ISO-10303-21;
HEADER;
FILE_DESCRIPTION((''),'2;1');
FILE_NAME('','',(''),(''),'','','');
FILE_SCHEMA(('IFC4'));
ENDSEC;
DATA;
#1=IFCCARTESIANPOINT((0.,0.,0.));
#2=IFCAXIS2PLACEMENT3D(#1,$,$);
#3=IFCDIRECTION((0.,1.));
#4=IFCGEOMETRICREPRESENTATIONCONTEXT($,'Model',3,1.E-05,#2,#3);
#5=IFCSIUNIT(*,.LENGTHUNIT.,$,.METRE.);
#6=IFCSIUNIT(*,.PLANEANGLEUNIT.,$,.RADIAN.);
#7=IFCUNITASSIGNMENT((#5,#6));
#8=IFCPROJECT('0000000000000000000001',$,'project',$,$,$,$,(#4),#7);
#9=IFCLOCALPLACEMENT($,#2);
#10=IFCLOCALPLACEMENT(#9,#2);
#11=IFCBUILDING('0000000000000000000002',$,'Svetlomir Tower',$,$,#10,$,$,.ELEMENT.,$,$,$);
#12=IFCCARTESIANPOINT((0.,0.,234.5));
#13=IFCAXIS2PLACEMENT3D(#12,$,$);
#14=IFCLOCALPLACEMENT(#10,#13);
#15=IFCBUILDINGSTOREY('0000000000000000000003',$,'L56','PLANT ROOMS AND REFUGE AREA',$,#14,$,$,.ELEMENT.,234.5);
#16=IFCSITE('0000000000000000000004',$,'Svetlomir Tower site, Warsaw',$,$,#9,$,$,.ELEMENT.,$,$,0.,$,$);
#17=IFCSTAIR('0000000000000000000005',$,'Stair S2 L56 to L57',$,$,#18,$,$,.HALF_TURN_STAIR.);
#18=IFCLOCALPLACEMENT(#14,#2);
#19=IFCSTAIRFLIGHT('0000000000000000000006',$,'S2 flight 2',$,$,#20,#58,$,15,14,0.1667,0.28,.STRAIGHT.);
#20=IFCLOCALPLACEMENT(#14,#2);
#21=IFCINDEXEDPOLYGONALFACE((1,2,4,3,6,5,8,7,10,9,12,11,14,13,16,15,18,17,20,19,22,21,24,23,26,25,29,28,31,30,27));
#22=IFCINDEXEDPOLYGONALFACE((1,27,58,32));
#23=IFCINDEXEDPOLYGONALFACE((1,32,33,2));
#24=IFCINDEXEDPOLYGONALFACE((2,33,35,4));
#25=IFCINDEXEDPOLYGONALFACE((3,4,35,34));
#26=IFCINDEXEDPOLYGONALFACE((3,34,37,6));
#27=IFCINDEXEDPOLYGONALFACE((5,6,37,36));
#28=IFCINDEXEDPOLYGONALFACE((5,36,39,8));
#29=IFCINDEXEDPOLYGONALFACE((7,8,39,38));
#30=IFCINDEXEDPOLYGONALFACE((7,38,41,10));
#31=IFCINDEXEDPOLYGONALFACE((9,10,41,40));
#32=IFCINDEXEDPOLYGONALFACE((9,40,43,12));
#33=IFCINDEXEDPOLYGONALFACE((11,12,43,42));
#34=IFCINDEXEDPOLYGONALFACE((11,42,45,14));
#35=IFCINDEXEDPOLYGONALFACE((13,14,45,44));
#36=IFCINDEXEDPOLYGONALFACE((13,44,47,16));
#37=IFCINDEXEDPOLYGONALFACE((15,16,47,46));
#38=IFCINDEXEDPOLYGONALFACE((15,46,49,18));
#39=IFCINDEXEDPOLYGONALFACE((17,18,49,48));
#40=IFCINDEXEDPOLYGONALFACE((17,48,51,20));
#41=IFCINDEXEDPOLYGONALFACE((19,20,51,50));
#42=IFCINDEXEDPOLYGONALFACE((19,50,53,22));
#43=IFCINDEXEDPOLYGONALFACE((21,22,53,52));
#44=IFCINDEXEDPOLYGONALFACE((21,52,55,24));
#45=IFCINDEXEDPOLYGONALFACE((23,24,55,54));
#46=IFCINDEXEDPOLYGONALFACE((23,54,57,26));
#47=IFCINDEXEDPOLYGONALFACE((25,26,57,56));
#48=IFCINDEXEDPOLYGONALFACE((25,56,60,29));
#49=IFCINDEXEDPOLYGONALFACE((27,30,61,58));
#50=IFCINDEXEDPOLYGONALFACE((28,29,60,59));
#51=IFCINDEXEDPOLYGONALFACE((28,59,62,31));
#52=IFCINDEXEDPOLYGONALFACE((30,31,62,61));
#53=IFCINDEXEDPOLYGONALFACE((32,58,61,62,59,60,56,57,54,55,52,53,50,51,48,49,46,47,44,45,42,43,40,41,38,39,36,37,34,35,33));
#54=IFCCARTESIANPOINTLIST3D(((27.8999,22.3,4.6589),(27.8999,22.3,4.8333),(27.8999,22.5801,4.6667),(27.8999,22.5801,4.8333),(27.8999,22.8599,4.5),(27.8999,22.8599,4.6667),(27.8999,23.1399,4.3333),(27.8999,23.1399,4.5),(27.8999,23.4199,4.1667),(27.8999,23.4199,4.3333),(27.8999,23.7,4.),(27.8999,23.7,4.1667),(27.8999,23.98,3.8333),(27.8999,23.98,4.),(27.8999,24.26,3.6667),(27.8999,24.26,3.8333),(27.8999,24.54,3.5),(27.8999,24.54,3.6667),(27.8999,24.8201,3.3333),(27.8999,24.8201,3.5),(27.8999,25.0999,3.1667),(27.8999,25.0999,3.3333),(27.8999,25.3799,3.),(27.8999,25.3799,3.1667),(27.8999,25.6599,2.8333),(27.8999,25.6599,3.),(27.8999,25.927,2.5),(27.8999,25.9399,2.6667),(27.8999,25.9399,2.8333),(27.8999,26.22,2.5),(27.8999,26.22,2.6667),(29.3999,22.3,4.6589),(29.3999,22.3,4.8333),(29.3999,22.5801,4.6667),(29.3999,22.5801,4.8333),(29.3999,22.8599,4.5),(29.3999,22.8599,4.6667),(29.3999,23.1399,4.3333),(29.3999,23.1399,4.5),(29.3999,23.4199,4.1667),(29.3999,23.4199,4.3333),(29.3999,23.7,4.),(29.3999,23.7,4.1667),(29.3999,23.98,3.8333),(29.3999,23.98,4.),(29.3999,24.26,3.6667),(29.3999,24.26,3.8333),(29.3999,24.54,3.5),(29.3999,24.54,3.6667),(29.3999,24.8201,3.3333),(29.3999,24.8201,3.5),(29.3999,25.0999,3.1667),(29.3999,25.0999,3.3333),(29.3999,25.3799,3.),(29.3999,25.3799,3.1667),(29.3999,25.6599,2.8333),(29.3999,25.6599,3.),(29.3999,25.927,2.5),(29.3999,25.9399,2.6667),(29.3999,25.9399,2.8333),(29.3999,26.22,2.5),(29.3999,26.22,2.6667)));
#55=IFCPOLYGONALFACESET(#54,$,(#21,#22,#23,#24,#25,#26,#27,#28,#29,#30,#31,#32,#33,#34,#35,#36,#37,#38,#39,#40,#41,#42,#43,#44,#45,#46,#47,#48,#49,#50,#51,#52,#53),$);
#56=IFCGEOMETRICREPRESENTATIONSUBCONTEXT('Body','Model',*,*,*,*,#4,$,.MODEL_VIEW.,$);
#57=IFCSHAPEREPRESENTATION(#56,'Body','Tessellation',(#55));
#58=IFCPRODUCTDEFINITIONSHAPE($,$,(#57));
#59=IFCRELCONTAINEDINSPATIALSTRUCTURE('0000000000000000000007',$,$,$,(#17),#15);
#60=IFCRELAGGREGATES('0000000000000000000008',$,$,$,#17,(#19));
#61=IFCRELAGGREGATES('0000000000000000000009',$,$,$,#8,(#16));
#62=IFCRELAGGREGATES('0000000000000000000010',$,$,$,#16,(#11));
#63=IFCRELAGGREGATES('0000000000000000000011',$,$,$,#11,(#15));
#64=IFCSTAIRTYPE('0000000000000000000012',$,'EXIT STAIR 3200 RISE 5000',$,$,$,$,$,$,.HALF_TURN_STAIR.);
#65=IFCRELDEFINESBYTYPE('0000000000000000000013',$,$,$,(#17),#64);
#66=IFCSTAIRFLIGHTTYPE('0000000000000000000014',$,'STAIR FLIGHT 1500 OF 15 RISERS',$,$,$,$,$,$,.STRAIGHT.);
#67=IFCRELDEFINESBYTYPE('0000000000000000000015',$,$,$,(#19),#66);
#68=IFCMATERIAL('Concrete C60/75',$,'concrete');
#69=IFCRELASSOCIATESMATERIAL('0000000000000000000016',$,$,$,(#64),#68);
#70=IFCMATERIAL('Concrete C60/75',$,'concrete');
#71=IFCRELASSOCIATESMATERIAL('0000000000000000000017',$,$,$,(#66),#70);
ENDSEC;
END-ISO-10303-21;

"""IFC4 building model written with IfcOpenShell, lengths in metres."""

from ifc_helpers import new_model, si_unit, direction, frame, origin, place, context, subcontext, project, spatial, polyline, outline, extrude, material, type_object, element, aggregate, save


model = new_model("IFC4")

# Units and contexts
model_context = context("Model", 3, precision=1e-05, world=origin(), true_north=direction((0.0, 1.0)))
body_context = subcontext(model_context, "Body", "Model", "MODEL_VIEW")
ifc_project = project(units=[si_unit("LENGTHUNIT", "METRE"), si_unit("PLANEANGLEUNIT", "RADIAN")], contexts=[model_context])

# Site, building, storey
site_placement = place(None, origin())
site = spatial("IfcSite", under=ifc_project, at=site_placement, Name="Svetlomir Tower site, Warsaw", CompositionType="ELEMENT", RefElevation=0.0)
building_placement = place(site_placement, origin())
building = spatial("IfcBuilding", under=site, at=building_placement, Name="Svetlomir Tower", CompositionType="ELEMENT")
storey_placement = place(building_placement, frame((0.0, 0.0, 234.5)))
storey = spatial("IfcBuildingStorey", under=building, at=storey_placement, Name="L56", Description="PLANT ROOMS AND REFUGE AREA", CompositionType="ELEMENT", Elevation=234.5)

# Stair, stair flight
ifc_material_1 = material(Name="Concrete C60/75", Category="concrete")
stair_type = type_object("IfcStairType", Name="EXIT STAIR 3200 RISE 5000", PredefinedType="HALF_TURN_STAIR", material=ifc_material_1)
stair_placement = place(storey_placement, origin())
stair = element("IfcStair", 1, at=stair_placement, inside=storey, type_object=stair_type, Name="Stair S2 L56 to L57", PredefinedType="HALF_TURN_STAIR")
ifc_material_2 = material(Name="Concrete C60/75", Category="concrete")
stair_flight_type = type_object("IfcStairFlightType", Name="STAIR FLIGHT 1500 OF 15 RISERS", PredefinedType="STRAIGHT", material=ifc_material_2)
stair_flight_1_placement = place(storey_placement, frame((28.6499, 26.22, 2.5), z_axis=(0.0, 0.0, 1.0), x_axis=(0.0, -1.0, 0.0)))
stair_flight_1 = element("IfcStairFlight", 2, at=stair_flight_1_placement, type_object=stair_flight_type, Name="S2 flight 2", NumberOfRisers=15, NumberOfTreads=14, PredefinedType="STRAIGHT", RiserHeight=0.1667, TreadLength=0.28, context=body_context, shape_type="SweptSolid", body=[
    extrude(outline(polyline([(0.0, 0.0), (0.0, 0.1667), (0.28, 0.1667), (0.28, 0.3333), (0.5601, 0.3333), (0.5601, 0.5), (0.8401, 0.5), (0.8401, 0.6667), (1.1201, 0.6667), (1.1201, 0.8333), (1.3999, 0.8333), (1.3999, 1.0), (1.6799, 1.0), (1.6799, 1.1667), (1.96, 1.1667), (1.96, 1.3333), (2.24, 1.3333), (2.24, 1.5), (2.52, 1.5), (2.52, 1.6667), (2.8, 1.6667), (2.8, 1.8333), (3.0801, 1.8333), (3.0801, 2.0), (3.3601, 2.0), (3.3601, 2.1667), (3.6399, 2.1667), (3.6399, 2.3333), (3.9199, 2.3333), (3.9199, 2.5), (3.9199, 2.1589), (0.293, 0.0), (0.0, 0.0)])), frame((0.0, 0.75, 0.0), z_axis=(0.0, -1.0, 0.0), x_axis=(1.0, 0.0, 0.0)), (0.0, 0.0, 1.0), 1.5),
])
aggregate(stair, [stair_flight_1])

save(model, "model.ifc")
